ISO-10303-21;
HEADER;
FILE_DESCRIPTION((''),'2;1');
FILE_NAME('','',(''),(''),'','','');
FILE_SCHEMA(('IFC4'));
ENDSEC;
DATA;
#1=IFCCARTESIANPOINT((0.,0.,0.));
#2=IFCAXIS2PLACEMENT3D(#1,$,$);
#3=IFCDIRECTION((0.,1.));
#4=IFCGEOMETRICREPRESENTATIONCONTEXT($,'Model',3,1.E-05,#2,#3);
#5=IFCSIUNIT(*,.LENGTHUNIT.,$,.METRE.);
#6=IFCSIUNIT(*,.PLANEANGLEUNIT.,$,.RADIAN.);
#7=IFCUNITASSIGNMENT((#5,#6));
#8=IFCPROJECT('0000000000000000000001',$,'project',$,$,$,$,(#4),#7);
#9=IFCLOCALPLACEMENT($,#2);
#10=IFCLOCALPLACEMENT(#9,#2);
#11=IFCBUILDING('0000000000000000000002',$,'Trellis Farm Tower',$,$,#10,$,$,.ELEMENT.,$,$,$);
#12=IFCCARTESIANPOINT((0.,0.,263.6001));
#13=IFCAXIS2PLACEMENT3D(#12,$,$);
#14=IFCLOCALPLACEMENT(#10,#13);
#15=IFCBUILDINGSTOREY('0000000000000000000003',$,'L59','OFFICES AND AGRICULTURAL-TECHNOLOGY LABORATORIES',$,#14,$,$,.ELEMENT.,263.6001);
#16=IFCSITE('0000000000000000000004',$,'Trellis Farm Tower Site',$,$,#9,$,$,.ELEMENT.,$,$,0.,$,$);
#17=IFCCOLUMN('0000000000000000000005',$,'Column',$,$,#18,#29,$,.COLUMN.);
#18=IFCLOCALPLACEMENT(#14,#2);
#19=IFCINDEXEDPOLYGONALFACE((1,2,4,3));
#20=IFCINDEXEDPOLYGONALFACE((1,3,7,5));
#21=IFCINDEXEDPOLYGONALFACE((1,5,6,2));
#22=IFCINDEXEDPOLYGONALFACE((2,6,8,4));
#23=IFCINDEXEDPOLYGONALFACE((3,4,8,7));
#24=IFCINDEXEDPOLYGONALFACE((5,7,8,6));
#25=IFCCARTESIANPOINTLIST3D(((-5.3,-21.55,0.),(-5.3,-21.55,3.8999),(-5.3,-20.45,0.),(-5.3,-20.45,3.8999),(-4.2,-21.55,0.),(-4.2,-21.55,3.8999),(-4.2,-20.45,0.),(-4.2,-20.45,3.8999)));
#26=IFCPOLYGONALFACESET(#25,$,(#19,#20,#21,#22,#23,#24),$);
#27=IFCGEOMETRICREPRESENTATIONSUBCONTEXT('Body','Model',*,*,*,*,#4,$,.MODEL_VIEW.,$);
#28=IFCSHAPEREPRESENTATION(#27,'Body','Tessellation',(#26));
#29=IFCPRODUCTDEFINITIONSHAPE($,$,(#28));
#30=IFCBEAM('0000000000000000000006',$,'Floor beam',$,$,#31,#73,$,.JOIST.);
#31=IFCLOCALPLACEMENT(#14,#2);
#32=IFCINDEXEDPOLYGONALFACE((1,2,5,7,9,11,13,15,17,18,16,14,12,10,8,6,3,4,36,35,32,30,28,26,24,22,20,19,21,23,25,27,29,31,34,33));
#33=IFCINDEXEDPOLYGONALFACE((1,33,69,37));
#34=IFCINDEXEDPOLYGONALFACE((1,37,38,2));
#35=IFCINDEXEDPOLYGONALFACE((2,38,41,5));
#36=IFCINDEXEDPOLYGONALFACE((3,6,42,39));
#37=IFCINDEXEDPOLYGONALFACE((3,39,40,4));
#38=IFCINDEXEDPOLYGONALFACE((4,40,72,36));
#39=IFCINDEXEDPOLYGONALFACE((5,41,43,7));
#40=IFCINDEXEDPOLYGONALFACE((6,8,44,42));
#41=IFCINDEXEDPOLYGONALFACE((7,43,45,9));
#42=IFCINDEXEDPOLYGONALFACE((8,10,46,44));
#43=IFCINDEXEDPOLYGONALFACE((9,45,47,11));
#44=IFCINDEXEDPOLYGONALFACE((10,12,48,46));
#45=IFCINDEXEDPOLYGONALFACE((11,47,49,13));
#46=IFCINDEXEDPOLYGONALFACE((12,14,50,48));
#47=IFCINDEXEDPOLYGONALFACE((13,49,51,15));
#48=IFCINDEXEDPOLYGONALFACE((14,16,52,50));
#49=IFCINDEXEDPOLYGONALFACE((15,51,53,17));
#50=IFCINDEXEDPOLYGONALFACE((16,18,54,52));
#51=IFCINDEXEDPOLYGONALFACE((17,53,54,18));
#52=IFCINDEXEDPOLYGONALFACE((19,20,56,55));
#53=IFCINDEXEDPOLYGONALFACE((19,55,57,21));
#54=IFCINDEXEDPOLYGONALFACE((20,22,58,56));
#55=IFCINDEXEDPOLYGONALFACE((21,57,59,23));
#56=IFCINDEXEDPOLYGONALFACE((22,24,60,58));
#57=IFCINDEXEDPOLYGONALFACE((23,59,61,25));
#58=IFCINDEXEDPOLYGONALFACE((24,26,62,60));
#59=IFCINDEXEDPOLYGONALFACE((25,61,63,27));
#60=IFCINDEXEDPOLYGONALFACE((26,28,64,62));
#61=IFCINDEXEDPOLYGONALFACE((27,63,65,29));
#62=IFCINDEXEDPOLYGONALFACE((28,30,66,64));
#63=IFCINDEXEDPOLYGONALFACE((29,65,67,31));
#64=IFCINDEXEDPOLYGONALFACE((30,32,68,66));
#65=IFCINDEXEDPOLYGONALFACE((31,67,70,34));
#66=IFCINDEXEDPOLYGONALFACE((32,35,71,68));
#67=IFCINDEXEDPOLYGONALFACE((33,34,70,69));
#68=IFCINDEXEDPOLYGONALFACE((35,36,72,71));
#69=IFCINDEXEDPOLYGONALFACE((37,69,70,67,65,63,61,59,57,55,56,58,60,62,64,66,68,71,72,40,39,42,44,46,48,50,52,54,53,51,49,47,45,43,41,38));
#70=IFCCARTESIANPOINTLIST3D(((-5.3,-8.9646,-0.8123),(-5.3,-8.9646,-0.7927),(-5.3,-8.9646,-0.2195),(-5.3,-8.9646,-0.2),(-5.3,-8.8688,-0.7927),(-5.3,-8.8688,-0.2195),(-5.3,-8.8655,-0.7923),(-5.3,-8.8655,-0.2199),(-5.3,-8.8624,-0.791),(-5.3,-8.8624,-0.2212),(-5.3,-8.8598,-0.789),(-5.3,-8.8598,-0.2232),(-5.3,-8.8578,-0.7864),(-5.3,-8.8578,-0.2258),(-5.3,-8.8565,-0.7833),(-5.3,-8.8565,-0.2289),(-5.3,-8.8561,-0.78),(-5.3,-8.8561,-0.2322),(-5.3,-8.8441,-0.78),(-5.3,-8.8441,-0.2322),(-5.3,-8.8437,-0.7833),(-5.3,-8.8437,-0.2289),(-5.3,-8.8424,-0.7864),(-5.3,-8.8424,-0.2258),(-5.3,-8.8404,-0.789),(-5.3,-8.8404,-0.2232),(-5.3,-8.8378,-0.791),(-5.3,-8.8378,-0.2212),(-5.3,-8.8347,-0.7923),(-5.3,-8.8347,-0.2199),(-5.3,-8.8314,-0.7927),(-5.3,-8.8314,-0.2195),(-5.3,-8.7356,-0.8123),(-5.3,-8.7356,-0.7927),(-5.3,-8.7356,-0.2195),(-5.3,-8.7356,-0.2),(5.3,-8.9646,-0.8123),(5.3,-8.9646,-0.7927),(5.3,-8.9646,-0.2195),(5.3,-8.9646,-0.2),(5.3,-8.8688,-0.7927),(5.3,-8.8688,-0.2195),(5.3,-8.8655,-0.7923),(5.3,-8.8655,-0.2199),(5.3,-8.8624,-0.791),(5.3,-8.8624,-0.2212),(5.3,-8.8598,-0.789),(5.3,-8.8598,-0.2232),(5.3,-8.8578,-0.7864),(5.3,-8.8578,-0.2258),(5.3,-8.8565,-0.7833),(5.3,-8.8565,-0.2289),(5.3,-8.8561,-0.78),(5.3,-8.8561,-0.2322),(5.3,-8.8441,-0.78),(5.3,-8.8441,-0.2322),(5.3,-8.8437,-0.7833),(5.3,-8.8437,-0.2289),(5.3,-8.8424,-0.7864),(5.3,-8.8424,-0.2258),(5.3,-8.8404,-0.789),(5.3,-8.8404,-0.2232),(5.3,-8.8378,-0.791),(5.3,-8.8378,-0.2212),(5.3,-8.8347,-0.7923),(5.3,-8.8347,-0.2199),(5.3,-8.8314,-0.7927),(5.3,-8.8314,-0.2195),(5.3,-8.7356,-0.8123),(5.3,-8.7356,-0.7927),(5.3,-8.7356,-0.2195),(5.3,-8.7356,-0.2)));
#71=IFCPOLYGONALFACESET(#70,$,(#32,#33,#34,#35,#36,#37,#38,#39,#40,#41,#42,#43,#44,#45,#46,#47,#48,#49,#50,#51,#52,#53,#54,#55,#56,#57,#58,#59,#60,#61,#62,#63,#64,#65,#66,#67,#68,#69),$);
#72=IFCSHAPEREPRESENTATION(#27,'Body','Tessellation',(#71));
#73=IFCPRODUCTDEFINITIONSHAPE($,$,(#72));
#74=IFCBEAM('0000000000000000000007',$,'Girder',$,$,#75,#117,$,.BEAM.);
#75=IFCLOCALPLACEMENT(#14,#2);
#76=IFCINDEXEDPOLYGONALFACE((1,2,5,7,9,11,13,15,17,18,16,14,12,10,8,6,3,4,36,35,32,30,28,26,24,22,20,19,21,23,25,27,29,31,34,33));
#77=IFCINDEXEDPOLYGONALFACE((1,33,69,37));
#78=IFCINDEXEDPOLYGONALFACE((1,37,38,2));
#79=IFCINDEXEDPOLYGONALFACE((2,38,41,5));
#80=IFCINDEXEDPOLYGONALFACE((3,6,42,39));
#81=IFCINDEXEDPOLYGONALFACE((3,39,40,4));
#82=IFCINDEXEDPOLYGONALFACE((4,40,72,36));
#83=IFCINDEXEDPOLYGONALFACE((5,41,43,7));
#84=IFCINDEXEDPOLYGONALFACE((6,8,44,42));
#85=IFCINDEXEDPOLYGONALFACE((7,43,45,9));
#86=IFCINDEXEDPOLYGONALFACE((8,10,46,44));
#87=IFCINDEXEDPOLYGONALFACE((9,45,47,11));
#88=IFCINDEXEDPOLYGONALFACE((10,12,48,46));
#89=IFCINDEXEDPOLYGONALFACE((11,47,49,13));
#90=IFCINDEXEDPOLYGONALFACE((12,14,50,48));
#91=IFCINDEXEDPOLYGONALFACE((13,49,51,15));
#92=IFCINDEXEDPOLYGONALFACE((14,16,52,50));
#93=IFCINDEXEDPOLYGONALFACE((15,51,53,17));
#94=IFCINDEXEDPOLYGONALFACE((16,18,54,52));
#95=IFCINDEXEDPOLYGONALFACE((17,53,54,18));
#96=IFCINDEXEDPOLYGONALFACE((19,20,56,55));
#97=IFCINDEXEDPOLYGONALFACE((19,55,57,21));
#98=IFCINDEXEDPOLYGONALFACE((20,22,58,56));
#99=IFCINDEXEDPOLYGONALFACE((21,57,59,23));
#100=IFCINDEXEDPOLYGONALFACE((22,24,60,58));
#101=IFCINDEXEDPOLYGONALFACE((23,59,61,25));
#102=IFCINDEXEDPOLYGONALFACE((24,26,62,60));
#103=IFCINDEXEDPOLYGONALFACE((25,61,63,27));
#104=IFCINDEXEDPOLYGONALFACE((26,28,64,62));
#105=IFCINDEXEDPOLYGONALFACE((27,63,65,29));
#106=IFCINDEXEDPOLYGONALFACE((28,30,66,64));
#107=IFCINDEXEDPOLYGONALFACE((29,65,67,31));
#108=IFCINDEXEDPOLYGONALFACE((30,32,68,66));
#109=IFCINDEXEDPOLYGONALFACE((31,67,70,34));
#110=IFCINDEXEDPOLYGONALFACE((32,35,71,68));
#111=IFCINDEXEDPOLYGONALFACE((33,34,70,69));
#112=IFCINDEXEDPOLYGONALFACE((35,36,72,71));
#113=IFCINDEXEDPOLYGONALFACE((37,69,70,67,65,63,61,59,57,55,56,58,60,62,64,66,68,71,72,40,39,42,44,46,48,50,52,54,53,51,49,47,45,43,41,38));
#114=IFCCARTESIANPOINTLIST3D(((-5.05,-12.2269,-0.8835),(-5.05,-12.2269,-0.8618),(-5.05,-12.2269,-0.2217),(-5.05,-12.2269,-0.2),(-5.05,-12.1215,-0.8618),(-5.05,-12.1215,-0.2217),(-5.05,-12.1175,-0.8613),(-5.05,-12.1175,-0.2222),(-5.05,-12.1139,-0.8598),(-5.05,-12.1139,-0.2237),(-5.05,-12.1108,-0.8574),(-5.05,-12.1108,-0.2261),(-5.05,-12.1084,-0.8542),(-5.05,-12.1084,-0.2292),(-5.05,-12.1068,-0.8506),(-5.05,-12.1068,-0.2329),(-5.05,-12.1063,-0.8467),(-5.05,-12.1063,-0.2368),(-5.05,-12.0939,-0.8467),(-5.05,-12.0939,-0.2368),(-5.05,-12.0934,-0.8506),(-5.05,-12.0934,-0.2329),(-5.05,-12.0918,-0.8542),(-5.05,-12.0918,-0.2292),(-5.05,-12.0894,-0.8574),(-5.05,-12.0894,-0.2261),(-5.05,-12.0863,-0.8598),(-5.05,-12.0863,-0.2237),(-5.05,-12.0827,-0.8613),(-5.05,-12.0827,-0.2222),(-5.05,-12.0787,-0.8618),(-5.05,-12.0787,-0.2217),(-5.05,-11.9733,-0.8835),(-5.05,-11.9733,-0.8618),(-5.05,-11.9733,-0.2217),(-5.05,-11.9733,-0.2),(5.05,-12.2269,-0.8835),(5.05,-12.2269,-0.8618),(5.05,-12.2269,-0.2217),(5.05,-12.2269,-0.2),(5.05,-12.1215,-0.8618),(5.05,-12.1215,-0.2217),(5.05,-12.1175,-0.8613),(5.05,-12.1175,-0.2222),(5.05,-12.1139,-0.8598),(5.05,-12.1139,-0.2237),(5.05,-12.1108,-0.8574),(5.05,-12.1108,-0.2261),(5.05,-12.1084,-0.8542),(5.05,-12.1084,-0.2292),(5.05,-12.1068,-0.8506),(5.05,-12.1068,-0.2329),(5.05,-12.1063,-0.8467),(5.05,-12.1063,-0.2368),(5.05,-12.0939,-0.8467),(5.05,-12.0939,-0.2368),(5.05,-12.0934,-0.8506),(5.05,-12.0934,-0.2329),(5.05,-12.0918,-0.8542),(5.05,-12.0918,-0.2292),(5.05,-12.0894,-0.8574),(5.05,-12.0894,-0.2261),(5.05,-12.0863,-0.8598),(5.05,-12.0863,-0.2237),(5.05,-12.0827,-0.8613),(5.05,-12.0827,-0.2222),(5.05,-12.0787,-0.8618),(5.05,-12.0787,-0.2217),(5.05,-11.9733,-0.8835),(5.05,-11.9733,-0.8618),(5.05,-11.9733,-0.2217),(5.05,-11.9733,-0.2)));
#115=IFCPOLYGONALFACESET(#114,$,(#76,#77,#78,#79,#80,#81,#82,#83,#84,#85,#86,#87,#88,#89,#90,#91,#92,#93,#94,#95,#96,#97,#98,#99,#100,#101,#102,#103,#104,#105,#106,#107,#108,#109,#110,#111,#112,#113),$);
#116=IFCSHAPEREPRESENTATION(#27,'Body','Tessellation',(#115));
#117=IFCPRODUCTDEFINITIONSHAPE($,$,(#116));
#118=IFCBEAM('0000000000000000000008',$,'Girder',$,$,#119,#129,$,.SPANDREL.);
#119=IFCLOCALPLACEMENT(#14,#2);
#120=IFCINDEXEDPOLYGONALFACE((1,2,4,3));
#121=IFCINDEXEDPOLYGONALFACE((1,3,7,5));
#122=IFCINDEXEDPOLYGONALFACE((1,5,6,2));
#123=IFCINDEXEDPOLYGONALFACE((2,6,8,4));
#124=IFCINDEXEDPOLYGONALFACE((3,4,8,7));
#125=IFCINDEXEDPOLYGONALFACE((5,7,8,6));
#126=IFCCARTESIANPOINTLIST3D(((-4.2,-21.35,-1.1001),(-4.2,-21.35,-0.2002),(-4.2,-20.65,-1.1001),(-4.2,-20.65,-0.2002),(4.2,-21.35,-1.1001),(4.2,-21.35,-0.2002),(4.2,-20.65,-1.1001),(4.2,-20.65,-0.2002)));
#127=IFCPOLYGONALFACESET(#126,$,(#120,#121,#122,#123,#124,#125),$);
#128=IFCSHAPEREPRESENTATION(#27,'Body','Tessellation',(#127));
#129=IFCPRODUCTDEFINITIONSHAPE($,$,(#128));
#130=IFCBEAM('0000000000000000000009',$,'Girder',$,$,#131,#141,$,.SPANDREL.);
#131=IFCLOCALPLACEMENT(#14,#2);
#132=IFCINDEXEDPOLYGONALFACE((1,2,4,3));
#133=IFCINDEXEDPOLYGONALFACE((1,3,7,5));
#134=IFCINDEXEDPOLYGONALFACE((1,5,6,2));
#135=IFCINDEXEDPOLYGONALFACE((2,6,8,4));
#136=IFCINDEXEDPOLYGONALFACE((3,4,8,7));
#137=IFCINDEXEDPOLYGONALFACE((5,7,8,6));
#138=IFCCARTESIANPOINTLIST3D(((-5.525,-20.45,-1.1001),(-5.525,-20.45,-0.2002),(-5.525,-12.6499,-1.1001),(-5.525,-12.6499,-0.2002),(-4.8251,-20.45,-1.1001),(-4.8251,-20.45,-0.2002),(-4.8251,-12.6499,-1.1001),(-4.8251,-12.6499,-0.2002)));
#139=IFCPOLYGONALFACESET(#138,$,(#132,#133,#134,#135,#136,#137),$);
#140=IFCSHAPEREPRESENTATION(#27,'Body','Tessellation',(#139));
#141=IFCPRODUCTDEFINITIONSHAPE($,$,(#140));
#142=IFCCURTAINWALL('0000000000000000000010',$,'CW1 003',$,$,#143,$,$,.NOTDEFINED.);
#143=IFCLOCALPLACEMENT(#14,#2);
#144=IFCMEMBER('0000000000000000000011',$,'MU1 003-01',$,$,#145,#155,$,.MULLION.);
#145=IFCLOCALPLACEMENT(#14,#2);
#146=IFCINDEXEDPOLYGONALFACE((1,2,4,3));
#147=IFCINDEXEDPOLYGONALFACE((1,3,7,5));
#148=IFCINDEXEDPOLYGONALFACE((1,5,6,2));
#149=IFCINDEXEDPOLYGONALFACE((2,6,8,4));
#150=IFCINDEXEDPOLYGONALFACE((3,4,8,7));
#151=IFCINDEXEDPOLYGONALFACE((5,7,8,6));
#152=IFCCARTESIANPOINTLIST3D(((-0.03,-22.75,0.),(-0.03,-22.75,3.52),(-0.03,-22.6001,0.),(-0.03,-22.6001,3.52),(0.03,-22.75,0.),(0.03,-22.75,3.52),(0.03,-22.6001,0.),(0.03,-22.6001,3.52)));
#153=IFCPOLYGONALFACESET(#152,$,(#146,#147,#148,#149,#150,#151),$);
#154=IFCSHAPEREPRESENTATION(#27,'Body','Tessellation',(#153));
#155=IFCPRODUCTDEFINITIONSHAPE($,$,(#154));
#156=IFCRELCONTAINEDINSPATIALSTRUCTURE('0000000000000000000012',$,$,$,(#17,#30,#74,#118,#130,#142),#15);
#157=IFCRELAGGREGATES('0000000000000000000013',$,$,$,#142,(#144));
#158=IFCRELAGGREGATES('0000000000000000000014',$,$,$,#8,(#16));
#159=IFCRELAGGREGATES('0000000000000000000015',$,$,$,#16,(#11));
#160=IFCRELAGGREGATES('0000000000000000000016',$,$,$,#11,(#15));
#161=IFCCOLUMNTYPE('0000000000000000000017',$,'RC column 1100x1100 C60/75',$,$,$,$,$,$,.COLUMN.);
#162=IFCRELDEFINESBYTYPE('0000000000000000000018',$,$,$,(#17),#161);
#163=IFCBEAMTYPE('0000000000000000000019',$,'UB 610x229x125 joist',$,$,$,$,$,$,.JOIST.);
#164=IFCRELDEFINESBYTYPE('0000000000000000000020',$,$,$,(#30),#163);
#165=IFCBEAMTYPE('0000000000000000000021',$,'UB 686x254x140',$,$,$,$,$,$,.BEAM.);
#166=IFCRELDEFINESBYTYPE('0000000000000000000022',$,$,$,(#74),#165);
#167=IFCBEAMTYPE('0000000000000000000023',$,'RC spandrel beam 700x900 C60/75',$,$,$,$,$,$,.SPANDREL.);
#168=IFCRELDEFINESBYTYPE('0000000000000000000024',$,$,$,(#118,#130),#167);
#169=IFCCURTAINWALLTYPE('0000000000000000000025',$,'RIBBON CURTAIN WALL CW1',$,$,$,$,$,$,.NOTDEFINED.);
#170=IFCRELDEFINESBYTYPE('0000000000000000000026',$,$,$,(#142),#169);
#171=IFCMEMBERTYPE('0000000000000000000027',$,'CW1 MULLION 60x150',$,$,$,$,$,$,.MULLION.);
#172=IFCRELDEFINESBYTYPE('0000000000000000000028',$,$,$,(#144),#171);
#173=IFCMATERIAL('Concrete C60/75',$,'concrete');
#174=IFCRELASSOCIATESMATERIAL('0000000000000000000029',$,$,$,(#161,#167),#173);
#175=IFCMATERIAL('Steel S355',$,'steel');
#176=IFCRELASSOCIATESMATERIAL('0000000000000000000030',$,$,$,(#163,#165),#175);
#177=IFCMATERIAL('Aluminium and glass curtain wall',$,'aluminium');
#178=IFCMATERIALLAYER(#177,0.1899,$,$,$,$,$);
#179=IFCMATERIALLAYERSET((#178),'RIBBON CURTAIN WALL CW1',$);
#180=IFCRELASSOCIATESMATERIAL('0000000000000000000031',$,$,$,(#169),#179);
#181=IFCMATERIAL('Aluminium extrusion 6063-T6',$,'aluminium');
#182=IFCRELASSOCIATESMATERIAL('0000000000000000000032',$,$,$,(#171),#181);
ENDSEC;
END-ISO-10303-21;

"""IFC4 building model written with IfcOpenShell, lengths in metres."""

from ifc_helpers import new_model, si_unit, direction, frame, origin, origin_2d, place, context, subcontext, project, spatial, rectangle, i_section, extrude, source, transform, mapped, material, layer, layer_set, material_profile, profile_set, type_object, element, aggregate, save


model = new_model("IFC4")

# Units and contexts
model_context = context("Model", 3, precision=1e-05, world=origin(), true_north=direction((0.0, 1.0)))
body_context = subcontext(model_context, "Body", "Model", "MODEL_VIEW")
ifc_project = project(units=[si_unit("LENGTHUNIT", "METRE"), si_unit("PLANEANGLEUNIT", "RADIAN")], contexts=[model_context])

# Site, building, storey
site_placement = place(None, origin())
site = spatial("IfcSite", under=ifc_project, at=site_placement, Name="Trellis Farm Tower Site", CompositionType="ELEMENT", RefElevation=0.0)
building_placement = place(site_placement, origin())
building = spatial("IfcBuilding", under=site, at=building_placement, Name="Trellis Farm Tower", CompositionType="ELEMENT")
storey_placement = place(building_placement, frame((0.0, 0.0, 263.6001)))
storey = spatial("IfcBuildingStorey", under=building, at=storey_placement, Name="L59", Description="OFFICES AND AGRICULTURAL-TECHNOLOGY LABORATORIES", CompositionType="ELEMENT", Elevation=263.6001)

# Column
ifc_material_1 = material(Name="Concrete C60/75", Category="concrete")
ifc_material_profile_1 = material_profile(ifc_material_1, rectangle(XDim=1.1001, YDim=1.1001, at=origin_2d()), Name="RC column 1100x1100 C60/75")
ifc_profile_set_1 = profile_set([ifc_material_profile_1], Name="Concrete C60/75")
column_type = type_object("IfcColumnType", Name="RC column 1100x1100 C60/75", PredefinedType="COLUMN", material=ifc_profile_set_1)
shared_shape_1 = source(origin(), body_context, "Body", "SweptSolid", [
    extrude(rectangle(XDim=1.1001, YDim=1.1001, at=origin_2d()), origin(), (0.0, 0.0, 1.0), 3.8999),
])
column_placement = place(storey_placement, frame((-4.75, -21.0, 0.0), z_axis=(0.0, 0.0, 1.0), x_axis=(1.0, 0.0, 0.0)))
element("IfcColumn", 1, at=column_placement, inside=storey, type_object=column_type, Name="Column", PredefinedType="COLUMN", context=body_context, shape_type="MappedRepresentation", body=[
    mapped(shared_shape_1, transform((0.0, 0.0, 0.0))),
])

# Beams
ifc_material_2 = material(Name="Steel S355", Category="steel")
ifc_material_profile_2 = material_profile(ifc_material_2, i_section(OverallWidth=0.229, OverallDepth=0.6123, WebThickness=0.012, FlangeThickness=0.0195, FilletRadius=0.0127, at=origin_2d()), Name="UB 610x229x125")
ifc_profile_set_2 = profile_set([ifc_material_profile_2], Name="Steel S355")
beam_type_1 = type_object("IfcBeamType", Name="UB 610x229x125 joist", PredefinedType="JOIST", material=ifc_profile_set_2)
shared_shape_2 = source(origin(), body_context, "Body", "SweptSolid", [
    extrude(i_section(OverallWidth=0.229, OverallDepth=0.6123, WebThickness=0.012, FlangeThickness=0.0195, FilletRadius=0.0127, at=origin_2d()), origin(), (0.0, 0.0, 1.0), 10.6001),
])
beam_1_placement = place(storey_placement, frame((-5.3, -8.8501, -0.5061), z_axis=(1.0, 0.0, 0.0), x_axis=(0.0, 1.0, 0.0)))
element("IfcBeam", 2, at=beam_1_placement, inside=storey, type_object=beam_type_1, Name="Floor beam", PredefinedType="JOIST", context=body_context, shape_type="MappedRepresentation", body=[
    mapped(shared_shape_2, transform((0.0, 0.0, 0.0))),
])
ifc_material_profile_3 = material_profile(ifc_material_2, i_section(OverallWidth=0.2537, OverallDepth=0.6836, WebThickness=0.0125, FlangeThickness=0.0217, FilletRadius=0.0151, at=origin_2d()), Name="UB 686x254x140")
ifc_profile_set_3 = profile_set([ifc_material_profile_3], Name="Steel S355")
beam_type_2 = type_object("IfcBeamType", Name="UB 686x254x140", PredefinedType="BEAM", material=ifc_profile_set_3)
shared_shape_3 = source(origin(), body_context, "Body", "SweptSolid", [
    extrude(i_section(OverallWidth=0.2537, OverallDepth=0.6836, WebThickness=0.0125, FlangeThickness=0.0217, FilletRadius=0.0151, at=origin_2d()), origin(), (0.0, 0.0, 1.0), 10.1001),
])
beam_2_placement = place(storey_placement, frame((-5.05, -12.1001, -0.5417), z_axis=(1.0, 0.0, 0.0), x_axis=(0.0, 1.0, 0.0)))
element("IfcBeam", 3, at=beam_2_placement, inside=storey, type_object=beam_type_2, Name="Girder", PredefinedType="BEAM", context=body_context, shape_type="MappedRepresentation", body=[
    mapped(shared_shape_3, transform((0.0, 0.0, 0.0))),
])
ifc_material_profile_4 = material_profile(ifc_material_1, rectangle(XDim=0.7, YDim=0.8999, at=origin_2d()), Name="RC spandrel beam 700x900 C60/75")
ifc_profile_set_4 = profile_set([ifc_material_profile_4], Name="Concrete C60/75")
beam_type_3 = type_object("IfcBeamType", Name="RC spandrel beam 700x900 C60/75", PredefinedType="SPANDREL", material=ifc_profile_set_4)
shared_shape_4 = source(origin(), body_context, "Body", "SweptSolid", [
    extrude(rectangle(XDim=0.7, YDim=0.8999, at=origin_2d()), origin(), (0.0, 0.0, 1.0), 8.3999),
])
beam_3_placement = place(storey_placement, frame((-4.2, -21.0, -0.6501), z_axis=(1.0, 0.0, 0.0), x_axis=(0.0, 1.0, 0.0)))
element("IfcBeam", 4, at=beam_3_placement, inside=storey, type_object=beam_type_3, Name="Girder", PredefinedType="SPANDREL", context=body_context, shape_type="MappedRepresentation", body=[
    mapped(shared_shape_4, transform((0.0, 0.0, 0.0))),
])
shared_shape_5 = source(origin(), body_context, "Body", "SweptSolid", [
    extrude(rectangle(XDim=0.7, YDim=0.8999, at=origin_2d()), origin(), (0.0, 0.0, 1.0), 7.8),
])
beam_4_placement = place(storey_placement, frame((-5.175, -20.45, -0.6501), z_axis=(0.0, 1.0, 0.0), x_axis=(-1.0, 0.0, 0.0)))
element("IfcBeam", 5, at=beam_4_placement, inside=storey, type_object=beam_type_3, Name="Girder", PredefinedType="SPANDREL", context=body_context, shape_type="MappedRepresentation", body=[
    mapped(shared_shape_5, transform((0.0, 0.0, 0.0))),
])

# Curtain wall, member
ifc_material_3 = material(Name="Aluminium and glass curtain wall", Category="aluminium")
ifc_layer_1 = layer(ifc_material_3, 0.1899)
ifc_layer_set_1 = layer_set([ifc_layer_1], Name="RIBBON CURTAIN WALL CW1")
curtain_wall_type = type_object("IfcCurtainWallType", Name="RIBBON CURTAIN WALL CW1", PredefinedType="NOTDEFINED", material=ifc_layer_set_1)
placement = place(storey_placement, origin())
curtain_wall = element("IfcCurtainWall", 6, at=placement, inside=storey, type_object=curtain_wall_type, Name="CW1 003", PredefinedType="NOTDEFINED")
ifc_material_4 = material(Name="Aluminium extrusion 6063-T6", Category="aluminium")
ifc_material_profile_5 = material_profile(ifc_material_4, rectangle(XDim=0.0601, YDim=0.1499, at=origin_2d()), Name="MULLION 60x150")
ifc_profile_set_5 = profile_set([ifc_material_profile_5], Name="Aluminium extrusion 6063-T6")
member_type = type_object("IfcMemberType", Name="CW1 MULLION 60x150", PredefinedType="MULLION", material=ifc_profile_set_5)
shared_shape_6 = source(origin(), body_context, "Body", "SweptSolid", [
    extrude(rectangle(XDim=0.0601, YDim=0.1499, at=origin_2d()), origin(), (0.0, 0.0, 1.0), 3.52),
])
member_placement = place(storey_placement, frame((0.0, -22.675, 0.0), z_axis=(0.0, 0.0, 1.0), x_axis=(1.0, 0.0, 0.0)))
member = element("IfcMember", 7, at=member_placement, type_object=member_type, Name="MU1 003-01", PredefinedType="MULLION", context=body_context, shape_type="MappedRepresentation", body=[
    mapped(shared_shape_6, transform((0.0, 0.0, 0.0))),
])
aggregate(curtain_wall, [member])

save(model, "model.ifc")
